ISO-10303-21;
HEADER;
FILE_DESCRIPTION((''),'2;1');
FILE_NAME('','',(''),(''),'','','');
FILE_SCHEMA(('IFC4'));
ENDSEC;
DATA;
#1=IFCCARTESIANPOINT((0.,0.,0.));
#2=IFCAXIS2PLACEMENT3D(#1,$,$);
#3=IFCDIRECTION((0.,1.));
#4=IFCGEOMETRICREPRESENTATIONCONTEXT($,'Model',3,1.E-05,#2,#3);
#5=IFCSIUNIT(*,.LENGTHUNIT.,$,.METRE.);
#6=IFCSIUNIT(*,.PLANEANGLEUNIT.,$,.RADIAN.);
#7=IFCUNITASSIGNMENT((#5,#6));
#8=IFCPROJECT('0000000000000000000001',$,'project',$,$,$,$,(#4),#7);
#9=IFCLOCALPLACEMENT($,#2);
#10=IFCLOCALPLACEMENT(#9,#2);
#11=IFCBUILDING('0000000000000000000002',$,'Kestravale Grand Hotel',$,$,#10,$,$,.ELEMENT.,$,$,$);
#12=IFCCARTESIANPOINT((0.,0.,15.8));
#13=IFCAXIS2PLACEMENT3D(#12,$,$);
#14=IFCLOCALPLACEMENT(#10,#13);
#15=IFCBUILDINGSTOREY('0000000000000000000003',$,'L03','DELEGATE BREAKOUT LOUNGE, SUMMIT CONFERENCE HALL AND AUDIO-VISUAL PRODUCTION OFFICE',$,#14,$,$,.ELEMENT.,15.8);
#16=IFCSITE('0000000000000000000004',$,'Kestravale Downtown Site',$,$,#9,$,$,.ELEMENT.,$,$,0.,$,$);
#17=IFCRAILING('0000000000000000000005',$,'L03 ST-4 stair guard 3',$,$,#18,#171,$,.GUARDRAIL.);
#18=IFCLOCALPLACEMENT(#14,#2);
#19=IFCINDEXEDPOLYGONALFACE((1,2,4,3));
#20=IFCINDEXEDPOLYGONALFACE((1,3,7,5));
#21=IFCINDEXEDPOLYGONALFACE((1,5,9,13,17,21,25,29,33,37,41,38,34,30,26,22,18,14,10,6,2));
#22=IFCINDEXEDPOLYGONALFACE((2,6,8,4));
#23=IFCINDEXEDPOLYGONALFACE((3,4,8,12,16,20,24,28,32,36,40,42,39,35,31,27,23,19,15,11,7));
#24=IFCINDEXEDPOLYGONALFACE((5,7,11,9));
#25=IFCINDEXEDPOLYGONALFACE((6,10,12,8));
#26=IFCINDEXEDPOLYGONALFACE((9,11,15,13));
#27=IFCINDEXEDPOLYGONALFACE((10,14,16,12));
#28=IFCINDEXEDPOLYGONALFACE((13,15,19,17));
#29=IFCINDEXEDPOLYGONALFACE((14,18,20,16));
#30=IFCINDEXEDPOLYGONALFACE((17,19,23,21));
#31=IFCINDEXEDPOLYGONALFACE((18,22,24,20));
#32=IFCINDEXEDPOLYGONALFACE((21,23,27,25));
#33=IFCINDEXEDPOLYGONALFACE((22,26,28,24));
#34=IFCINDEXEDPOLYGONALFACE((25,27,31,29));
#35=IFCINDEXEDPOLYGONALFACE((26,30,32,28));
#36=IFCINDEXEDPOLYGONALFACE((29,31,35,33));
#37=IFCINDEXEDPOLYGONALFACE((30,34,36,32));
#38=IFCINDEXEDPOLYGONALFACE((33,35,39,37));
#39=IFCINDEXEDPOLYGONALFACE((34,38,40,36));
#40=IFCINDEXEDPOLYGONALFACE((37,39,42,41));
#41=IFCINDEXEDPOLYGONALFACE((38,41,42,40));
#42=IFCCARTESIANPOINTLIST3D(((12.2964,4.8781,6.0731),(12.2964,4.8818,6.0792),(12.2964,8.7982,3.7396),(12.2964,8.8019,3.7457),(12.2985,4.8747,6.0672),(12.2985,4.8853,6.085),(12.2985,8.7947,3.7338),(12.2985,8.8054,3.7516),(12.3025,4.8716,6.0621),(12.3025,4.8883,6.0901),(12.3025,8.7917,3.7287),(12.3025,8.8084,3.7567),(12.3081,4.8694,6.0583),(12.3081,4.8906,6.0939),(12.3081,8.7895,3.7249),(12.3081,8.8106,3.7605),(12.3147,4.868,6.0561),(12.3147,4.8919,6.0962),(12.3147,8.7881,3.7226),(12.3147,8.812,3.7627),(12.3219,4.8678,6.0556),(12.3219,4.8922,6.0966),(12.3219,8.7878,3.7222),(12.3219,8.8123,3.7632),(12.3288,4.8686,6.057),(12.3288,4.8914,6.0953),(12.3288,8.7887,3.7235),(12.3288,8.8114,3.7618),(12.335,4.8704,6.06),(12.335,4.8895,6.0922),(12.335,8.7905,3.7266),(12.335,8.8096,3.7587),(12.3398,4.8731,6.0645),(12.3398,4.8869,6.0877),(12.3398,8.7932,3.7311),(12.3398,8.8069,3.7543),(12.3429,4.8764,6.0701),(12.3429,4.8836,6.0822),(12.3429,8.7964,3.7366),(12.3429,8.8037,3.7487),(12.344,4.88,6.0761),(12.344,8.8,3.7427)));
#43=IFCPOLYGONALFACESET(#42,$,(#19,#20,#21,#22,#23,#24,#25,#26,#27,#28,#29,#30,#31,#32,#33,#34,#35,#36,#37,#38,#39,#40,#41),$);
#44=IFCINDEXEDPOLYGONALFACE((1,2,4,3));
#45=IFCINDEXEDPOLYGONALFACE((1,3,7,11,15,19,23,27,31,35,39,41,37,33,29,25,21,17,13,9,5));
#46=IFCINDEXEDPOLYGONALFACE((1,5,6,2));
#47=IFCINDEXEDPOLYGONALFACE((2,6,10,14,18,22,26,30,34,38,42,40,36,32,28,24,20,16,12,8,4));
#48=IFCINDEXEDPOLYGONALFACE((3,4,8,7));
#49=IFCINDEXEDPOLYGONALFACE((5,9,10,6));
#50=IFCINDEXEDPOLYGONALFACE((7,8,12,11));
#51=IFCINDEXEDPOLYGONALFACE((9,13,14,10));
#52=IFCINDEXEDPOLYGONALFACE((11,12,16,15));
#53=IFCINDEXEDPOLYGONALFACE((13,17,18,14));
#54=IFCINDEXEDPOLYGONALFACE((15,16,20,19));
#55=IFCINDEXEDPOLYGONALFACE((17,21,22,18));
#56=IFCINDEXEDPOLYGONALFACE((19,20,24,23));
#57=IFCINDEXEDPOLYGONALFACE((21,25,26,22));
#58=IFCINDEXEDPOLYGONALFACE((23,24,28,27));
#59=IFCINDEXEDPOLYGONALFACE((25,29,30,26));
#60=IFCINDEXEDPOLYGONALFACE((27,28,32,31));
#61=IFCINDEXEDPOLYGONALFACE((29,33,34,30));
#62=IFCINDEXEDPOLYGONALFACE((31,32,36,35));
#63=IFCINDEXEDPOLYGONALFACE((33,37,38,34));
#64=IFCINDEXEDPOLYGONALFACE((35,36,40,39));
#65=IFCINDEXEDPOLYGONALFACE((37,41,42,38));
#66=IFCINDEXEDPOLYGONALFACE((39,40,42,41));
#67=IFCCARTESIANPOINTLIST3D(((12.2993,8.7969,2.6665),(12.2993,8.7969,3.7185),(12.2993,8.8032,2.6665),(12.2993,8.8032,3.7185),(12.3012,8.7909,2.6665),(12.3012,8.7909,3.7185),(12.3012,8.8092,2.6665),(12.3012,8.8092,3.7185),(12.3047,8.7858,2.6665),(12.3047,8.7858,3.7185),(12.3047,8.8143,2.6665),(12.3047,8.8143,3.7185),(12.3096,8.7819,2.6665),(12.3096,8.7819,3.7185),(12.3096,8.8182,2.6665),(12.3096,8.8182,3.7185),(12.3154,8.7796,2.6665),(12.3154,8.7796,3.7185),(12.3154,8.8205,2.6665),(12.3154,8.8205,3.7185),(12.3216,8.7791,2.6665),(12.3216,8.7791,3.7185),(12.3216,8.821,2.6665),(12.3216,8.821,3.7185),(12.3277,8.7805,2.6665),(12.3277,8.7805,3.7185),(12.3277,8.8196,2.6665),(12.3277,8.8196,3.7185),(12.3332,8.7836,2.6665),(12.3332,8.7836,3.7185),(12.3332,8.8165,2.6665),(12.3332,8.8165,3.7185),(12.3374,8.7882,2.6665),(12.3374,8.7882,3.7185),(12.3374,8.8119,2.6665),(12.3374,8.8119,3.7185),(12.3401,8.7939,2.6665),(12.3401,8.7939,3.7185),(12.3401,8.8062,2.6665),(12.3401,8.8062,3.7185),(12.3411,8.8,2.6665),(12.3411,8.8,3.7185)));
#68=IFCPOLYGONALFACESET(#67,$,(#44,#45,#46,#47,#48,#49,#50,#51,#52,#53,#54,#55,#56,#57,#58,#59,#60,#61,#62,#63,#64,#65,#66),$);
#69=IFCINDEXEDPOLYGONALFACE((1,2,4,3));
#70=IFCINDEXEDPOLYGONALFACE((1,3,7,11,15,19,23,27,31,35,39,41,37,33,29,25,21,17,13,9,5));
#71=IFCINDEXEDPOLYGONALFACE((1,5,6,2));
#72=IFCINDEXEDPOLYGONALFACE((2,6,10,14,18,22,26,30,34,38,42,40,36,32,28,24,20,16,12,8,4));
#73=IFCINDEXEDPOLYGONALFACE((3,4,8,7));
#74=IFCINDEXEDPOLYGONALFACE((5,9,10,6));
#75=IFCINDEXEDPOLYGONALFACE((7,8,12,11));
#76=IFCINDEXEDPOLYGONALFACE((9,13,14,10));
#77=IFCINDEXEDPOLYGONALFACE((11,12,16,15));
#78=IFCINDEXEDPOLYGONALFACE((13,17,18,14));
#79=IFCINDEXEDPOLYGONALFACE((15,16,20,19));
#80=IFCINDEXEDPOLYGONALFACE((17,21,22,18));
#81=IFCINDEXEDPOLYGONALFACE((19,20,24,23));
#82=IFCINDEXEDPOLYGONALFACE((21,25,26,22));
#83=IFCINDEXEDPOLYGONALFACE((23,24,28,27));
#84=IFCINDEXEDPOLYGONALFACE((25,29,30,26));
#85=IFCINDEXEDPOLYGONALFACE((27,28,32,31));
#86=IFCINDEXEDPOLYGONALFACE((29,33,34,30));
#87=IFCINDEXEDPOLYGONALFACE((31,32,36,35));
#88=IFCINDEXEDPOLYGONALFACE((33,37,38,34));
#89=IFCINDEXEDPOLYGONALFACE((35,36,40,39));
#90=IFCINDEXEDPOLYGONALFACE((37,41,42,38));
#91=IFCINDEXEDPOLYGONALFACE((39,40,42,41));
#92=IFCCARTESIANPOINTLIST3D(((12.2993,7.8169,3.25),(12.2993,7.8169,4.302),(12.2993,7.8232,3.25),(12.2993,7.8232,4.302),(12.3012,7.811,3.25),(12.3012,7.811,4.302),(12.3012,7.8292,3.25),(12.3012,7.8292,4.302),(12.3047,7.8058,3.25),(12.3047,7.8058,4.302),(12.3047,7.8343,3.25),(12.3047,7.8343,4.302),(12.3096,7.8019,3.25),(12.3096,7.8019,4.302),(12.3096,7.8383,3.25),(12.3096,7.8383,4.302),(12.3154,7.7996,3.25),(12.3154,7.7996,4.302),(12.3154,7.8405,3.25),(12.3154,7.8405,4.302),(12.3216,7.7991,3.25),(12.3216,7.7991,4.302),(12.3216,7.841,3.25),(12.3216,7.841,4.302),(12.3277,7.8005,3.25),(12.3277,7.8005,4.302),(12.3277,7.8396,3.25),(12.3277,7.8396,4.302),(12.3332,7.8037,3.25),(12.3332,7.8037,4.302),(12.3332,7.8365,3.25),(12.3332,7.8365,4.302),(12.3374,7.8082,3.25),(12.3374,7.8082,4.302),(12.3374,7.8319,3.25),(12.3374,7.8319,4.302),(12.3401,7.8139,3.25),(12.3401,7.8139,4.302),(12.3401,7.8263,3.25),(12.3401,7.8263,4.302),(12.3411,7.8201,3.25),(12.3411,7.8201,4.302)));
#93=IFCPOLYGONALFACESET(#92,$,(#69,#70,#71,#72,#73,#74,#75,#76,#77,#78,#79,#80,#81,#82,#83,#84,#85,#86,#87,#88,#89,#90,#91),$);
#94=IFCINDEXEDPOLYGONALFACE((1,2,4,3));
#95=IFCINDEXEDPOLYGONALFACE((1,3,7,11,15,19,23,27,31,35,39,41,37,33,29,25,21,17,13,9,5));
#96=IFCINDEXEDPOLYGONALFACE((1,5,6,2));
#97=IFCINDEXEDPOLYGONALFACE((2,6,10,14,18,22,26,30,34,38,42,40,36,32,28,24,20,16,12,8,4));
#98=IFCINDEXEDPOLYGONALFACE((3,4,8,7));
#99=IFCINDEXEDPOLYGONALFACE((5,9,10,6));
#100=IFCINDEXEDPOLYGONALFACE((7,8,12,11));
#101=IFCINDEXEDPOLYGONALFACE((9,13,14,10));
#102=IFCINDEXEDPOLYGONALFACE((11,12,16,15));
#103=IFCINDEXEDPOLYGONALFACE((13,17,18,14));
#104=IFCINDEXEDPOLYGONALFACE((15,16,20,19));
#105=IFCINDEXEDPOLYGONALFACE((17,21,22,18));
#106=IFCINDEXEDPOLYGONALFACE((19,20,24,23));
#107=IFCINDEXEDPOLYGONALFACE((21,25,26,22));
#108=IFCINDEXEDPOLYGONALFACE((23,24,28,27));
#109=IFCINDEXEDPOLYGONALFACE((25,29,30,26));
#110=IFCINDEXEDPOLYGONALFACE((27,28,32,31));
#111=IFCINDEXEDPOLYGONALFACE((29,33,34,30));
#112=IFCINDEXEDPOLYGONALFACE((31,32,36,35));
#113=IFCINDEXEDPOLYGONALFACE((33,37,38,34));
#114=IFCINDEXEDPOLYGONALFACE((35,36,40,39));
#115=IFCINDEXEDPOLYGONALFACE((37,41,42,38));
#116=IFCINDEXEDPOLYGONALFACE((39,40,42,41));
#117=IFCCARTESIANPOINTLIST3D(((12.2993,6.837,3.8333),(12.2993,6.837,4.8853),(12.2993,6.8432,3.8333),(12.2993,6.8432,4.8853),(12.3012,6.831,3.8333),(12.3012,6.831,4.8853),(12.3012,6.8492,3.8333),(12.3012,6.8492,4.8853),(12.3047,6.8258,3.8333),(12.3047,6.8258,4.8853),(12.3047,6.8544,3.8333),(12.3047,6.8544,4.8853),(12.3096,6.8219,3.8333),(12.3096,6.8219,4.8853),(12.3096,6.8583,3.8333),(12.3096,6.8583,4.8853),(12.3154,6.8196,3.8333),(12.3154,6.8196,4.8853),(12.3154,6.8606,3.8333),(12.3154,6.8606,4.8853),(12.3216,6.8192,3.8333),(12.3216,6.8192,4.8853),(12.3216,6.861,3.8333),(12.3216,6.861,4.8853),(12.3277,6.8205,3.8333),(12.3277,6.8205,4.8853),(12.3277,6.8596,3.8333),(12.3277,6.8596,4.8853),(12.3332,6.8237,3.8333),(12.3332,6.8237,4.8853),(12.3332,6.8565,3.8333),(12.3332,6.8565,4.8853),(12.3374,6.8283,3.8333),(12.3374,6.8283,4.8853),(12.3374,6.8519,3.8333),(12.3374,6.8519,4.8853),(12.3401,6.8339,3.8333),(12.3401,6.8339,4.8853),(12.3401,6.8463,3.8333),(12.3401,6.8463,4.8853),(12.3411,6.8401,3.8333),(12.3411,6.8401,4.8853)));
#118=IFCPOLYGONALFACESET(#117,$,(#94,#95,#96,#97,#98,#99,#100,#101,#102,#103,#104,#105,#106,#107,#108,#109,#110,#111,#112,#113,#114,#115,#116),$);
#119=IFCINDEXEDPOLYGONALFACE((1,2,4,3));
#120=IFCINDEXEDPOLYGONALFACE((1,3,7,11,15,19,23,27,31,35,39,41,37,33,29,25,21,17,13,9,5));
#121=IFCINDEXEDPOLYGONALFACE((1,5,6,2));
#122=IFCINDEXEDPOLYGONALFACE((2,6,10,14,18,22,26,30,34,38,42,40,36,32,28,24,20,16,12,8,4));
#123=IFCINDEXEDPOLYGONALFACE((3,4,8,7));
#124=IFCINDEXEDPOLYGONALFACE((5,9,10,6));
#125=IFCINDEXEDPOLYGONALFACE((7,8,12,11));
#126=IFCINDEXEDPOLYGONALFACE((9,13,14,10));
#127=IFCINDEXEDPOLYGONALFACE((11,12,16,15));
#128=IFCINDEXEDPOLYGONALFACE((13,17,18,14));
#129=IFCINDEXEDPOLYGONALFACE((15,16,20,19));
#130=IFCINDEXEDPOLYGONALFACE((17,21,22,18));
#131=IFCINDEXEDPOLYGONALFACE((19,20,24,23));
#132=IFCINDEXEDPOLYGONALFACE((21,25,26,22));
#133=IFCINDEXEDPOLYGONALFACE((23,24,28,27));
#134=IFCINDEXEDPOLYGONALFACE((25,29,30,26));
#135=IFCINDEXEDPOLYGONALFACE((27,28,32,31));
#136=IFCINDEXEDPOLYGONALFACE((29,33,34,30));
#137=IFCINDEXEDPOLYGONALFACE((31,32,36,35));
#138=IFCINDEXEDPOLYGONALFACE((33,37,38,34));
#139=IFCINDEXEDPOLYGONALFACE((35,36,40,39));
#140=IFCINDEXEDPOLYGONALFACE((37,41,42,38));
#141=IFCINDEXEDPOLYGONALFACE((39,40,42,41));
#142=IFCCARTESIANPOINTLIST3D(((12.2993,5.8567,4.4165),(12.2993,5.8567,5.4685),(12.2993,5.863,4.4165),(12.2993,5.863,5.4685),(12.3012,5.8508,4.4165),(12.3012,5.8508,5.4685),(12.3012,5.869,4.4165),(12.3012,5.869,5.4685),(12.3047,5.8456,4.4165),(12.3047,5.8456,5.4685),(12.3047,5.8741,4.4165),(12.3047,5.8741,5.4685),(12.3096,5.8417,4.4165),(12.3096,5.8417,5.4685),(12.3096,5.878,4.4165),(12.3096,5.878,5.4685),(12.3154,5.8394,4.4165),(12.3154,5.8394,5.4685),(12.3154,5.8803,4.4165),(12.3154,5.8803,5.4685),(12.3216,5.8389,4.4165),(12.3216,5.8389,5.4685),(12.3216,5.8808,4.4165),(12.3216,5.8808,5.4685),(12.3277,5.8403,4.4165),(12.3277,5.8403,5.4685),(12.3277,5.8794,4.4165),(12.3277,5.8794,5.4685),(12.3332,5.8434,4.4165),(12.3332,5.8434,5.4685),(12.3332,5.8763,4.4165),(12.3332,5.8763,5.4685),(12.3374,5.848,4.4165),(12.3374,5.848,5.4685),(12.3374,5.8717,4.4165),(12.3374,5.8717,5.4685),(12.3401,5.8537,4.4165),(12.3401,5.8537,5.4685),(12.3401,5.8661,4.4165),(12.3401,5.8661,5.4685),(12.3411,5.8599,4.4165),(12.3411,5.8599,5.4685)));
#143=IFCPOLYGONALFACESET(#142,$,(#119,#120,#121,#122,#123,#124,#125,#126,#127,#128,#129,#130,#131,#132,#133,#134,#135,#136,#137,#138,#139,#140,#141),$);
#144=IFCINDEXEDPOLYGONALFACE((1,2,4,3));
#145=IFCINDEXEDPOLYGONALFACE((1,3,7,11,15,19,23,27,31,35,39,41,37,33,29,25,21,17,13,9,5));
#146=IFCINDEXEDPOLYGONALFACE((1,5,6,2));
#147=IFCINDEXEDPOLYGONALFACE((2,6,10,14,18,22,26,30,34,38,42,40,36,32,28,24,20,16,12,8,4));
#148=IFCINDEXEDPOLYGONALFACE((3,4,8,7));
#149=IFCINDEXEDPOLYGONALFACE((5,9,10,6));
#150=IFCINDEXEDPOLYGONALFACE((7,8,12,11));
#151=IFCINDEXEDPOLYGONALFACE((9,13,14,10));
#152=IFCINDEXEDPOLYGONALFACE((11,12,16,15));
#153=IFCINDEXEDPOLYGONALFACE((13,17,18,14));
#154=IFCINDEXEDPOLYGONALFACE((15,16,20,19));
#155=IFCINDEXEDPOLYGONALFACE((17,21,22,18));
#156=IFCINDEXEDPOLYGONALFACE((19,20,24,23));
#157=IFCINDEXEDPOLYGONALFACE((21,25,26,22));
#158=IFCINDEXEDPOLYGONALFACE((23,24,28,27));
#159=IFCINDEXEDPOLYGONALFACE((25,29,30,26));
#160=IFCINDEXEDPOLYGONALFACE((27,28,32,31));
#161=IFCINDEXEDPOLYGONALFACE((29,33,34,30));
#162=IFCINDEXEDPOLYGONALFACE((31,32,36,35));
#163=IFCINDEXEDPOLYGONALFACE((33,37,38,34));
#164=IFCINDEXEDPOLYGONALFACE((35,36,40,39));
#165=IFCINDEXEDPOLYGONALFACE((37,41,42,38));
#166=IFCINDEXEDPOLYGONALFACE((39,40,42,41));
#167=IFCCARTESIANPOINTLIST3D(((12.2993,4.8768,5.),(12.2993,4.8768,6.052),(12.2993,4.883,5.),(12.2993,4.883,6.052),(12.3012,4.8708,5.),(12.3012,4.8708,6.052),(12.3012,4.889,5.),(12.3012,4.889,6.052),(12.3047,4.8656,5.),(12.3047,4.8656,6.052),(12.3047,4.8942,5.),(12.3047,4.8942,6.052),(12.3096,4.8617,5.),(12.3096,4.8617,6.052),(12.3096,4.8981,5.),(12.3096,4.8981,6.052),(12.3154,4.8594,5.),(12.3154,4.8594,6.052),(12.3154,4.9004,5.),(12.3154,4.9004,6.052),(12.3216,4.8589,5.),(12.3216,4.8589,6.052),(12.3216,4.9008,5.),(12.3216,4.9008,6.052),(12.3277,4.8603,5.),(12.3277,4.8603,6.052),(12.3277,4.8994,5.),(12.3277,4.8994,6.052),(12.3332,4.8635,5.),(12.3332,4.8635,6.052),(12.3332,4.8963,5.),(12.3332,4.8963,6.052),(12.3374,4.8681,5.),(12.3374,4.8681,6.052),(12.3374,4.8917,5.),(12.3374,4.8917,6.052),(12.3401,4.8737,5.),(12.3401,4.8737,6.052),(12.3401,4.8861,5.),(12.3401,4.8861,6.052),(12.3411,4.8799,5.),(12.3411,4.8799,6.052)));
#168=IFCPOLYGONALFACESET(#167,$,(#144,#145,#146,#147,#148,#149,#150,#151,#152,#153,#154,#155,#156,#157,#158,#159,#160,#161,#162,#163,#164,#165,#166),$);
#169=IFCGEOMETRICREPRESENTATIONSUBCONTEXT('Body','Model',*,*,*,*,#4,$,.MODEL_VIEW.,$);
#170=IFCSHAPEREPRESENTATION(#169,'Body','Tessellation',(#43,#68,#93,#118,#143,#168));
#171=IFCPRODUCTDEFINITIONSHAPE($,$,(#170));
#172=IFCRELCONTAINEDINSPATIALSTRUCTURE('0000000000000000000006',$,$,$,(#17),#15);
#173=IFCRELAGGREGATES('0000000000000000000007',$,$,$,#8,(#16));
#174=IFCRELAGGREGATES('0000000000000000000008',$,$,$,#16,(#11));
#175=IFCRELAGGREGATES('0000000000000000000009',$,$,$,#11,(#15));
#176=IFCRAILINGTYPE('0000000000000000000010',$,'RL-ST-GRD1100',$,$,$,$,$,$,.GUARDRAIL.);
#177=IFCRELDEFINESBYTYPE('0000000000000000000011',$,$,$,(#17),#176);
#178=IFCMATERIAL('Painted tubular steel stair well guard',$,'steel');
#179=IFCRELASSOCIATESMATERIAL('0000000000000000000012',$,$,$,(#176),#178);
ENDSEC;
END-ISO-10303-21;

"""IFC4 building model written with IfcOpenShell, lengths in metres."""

from ifc_helpers import new_model, si_unit, direction, frame, origin, origin_2d, place, context, subcontext, project, spatial, circle, extrude, material, type_object, element, save


model = new_model("IFC4")

# Units and contexts
model_context = context("Model", 3, precision=1e-05, world=origin(), true_north=direction((0.0, 1.0)))
body_context = subcontext(model_context, "Body", "Model", "MODEL_VIEW")
ifc_project = project(units=[si_unit("LENGTHUNIT", "METRE"), si_unit("PLANEANGLEUNIT", "RADIAN")], contexts=[model_context])

# Site, building, storey
site_placement = place(None, origin())
site = spatial("IfcSite", under=ifc_project, at=site_placement, Name="Kestravale Downtown Site", CompositionType="ELEMENT", RefElevation=0.0)
building_placement = place(site_placement, origin())
building = spatial("IfcBuilding", under=site, at=building_placement, Name="Kestravale Grand Hotel", CompositionType="ELEMENT")
storey_placement = place(building_placement, frame((0.0, 0.0, 15.8)))
storey = spatial("IfcBuildingStorey", under=building, at=storey_placement, Name="L03", Description="DELEGATE BREAKOUT LOUNGE, SUMMIT CONFERENCE HALL AND AUDIO-VISUAL PRODUCTION OFFICE", CompositionType="ELEMENT", Elevation=15.8)

# Railing
ifc_material_1 = material(Name="Painted tubular steel stair well guard", Category="steel")
railing_type_1 = type_object("IfcRailingType", Name="RL-ST-GRD1100", PredefinedType="GUARDRAIL", material=ifc_material_1)
railing_1_placement = place(storey_placement, frame((12.3201, 8.8, 2.6665)))
element("IfcRailing", 1, at=railing_1_placement, inside=storey, type_object=railing_type_1, Name="L03 ST-4 stair guard 3", PredefinedType="GUARDRAIL", context=body_context, shape_type="SweptSolid", body=[
    extrude(circle(Radius=0.0239, at=origin_2d()), frame((0.0, 0.0, 1.0762), z_axis=(0.0, -0.859287, 0.511494), x_axis=(1.0, 0.0, 0.0)), (0.0, 0.0, 1.0), 4.562),
    extrude(circle(Radius=0.021, at=origin_2d()), origin(), (0.0, 0.0, 1.0), 1.052),
    extrude(circle(Radius=0.021, at=origin_2d()), frame((0.0, -0.98, 0.5835)), (0.0, 0.0, 1.0), 1.052),
    extrude(circle(Radius=0.021, at=origin_2d()), frame((0.0, -1.96, 1.1667)), (0.0, 0.0, 1.0), 1.052),
    extrude(circle(Radius=0.021, at=origin_2d()), frame((0.0, -2.9402, 1.75)), (0.0, 0.0, 1.0), 1.052),
    extrude(circle(Radius=0.021, at=origin_2d()), frame((0.0, -3.9202, 2.3335)), (0.0, 0.0, 1.0), 1.052),
])

save(model, "model.ifc")
